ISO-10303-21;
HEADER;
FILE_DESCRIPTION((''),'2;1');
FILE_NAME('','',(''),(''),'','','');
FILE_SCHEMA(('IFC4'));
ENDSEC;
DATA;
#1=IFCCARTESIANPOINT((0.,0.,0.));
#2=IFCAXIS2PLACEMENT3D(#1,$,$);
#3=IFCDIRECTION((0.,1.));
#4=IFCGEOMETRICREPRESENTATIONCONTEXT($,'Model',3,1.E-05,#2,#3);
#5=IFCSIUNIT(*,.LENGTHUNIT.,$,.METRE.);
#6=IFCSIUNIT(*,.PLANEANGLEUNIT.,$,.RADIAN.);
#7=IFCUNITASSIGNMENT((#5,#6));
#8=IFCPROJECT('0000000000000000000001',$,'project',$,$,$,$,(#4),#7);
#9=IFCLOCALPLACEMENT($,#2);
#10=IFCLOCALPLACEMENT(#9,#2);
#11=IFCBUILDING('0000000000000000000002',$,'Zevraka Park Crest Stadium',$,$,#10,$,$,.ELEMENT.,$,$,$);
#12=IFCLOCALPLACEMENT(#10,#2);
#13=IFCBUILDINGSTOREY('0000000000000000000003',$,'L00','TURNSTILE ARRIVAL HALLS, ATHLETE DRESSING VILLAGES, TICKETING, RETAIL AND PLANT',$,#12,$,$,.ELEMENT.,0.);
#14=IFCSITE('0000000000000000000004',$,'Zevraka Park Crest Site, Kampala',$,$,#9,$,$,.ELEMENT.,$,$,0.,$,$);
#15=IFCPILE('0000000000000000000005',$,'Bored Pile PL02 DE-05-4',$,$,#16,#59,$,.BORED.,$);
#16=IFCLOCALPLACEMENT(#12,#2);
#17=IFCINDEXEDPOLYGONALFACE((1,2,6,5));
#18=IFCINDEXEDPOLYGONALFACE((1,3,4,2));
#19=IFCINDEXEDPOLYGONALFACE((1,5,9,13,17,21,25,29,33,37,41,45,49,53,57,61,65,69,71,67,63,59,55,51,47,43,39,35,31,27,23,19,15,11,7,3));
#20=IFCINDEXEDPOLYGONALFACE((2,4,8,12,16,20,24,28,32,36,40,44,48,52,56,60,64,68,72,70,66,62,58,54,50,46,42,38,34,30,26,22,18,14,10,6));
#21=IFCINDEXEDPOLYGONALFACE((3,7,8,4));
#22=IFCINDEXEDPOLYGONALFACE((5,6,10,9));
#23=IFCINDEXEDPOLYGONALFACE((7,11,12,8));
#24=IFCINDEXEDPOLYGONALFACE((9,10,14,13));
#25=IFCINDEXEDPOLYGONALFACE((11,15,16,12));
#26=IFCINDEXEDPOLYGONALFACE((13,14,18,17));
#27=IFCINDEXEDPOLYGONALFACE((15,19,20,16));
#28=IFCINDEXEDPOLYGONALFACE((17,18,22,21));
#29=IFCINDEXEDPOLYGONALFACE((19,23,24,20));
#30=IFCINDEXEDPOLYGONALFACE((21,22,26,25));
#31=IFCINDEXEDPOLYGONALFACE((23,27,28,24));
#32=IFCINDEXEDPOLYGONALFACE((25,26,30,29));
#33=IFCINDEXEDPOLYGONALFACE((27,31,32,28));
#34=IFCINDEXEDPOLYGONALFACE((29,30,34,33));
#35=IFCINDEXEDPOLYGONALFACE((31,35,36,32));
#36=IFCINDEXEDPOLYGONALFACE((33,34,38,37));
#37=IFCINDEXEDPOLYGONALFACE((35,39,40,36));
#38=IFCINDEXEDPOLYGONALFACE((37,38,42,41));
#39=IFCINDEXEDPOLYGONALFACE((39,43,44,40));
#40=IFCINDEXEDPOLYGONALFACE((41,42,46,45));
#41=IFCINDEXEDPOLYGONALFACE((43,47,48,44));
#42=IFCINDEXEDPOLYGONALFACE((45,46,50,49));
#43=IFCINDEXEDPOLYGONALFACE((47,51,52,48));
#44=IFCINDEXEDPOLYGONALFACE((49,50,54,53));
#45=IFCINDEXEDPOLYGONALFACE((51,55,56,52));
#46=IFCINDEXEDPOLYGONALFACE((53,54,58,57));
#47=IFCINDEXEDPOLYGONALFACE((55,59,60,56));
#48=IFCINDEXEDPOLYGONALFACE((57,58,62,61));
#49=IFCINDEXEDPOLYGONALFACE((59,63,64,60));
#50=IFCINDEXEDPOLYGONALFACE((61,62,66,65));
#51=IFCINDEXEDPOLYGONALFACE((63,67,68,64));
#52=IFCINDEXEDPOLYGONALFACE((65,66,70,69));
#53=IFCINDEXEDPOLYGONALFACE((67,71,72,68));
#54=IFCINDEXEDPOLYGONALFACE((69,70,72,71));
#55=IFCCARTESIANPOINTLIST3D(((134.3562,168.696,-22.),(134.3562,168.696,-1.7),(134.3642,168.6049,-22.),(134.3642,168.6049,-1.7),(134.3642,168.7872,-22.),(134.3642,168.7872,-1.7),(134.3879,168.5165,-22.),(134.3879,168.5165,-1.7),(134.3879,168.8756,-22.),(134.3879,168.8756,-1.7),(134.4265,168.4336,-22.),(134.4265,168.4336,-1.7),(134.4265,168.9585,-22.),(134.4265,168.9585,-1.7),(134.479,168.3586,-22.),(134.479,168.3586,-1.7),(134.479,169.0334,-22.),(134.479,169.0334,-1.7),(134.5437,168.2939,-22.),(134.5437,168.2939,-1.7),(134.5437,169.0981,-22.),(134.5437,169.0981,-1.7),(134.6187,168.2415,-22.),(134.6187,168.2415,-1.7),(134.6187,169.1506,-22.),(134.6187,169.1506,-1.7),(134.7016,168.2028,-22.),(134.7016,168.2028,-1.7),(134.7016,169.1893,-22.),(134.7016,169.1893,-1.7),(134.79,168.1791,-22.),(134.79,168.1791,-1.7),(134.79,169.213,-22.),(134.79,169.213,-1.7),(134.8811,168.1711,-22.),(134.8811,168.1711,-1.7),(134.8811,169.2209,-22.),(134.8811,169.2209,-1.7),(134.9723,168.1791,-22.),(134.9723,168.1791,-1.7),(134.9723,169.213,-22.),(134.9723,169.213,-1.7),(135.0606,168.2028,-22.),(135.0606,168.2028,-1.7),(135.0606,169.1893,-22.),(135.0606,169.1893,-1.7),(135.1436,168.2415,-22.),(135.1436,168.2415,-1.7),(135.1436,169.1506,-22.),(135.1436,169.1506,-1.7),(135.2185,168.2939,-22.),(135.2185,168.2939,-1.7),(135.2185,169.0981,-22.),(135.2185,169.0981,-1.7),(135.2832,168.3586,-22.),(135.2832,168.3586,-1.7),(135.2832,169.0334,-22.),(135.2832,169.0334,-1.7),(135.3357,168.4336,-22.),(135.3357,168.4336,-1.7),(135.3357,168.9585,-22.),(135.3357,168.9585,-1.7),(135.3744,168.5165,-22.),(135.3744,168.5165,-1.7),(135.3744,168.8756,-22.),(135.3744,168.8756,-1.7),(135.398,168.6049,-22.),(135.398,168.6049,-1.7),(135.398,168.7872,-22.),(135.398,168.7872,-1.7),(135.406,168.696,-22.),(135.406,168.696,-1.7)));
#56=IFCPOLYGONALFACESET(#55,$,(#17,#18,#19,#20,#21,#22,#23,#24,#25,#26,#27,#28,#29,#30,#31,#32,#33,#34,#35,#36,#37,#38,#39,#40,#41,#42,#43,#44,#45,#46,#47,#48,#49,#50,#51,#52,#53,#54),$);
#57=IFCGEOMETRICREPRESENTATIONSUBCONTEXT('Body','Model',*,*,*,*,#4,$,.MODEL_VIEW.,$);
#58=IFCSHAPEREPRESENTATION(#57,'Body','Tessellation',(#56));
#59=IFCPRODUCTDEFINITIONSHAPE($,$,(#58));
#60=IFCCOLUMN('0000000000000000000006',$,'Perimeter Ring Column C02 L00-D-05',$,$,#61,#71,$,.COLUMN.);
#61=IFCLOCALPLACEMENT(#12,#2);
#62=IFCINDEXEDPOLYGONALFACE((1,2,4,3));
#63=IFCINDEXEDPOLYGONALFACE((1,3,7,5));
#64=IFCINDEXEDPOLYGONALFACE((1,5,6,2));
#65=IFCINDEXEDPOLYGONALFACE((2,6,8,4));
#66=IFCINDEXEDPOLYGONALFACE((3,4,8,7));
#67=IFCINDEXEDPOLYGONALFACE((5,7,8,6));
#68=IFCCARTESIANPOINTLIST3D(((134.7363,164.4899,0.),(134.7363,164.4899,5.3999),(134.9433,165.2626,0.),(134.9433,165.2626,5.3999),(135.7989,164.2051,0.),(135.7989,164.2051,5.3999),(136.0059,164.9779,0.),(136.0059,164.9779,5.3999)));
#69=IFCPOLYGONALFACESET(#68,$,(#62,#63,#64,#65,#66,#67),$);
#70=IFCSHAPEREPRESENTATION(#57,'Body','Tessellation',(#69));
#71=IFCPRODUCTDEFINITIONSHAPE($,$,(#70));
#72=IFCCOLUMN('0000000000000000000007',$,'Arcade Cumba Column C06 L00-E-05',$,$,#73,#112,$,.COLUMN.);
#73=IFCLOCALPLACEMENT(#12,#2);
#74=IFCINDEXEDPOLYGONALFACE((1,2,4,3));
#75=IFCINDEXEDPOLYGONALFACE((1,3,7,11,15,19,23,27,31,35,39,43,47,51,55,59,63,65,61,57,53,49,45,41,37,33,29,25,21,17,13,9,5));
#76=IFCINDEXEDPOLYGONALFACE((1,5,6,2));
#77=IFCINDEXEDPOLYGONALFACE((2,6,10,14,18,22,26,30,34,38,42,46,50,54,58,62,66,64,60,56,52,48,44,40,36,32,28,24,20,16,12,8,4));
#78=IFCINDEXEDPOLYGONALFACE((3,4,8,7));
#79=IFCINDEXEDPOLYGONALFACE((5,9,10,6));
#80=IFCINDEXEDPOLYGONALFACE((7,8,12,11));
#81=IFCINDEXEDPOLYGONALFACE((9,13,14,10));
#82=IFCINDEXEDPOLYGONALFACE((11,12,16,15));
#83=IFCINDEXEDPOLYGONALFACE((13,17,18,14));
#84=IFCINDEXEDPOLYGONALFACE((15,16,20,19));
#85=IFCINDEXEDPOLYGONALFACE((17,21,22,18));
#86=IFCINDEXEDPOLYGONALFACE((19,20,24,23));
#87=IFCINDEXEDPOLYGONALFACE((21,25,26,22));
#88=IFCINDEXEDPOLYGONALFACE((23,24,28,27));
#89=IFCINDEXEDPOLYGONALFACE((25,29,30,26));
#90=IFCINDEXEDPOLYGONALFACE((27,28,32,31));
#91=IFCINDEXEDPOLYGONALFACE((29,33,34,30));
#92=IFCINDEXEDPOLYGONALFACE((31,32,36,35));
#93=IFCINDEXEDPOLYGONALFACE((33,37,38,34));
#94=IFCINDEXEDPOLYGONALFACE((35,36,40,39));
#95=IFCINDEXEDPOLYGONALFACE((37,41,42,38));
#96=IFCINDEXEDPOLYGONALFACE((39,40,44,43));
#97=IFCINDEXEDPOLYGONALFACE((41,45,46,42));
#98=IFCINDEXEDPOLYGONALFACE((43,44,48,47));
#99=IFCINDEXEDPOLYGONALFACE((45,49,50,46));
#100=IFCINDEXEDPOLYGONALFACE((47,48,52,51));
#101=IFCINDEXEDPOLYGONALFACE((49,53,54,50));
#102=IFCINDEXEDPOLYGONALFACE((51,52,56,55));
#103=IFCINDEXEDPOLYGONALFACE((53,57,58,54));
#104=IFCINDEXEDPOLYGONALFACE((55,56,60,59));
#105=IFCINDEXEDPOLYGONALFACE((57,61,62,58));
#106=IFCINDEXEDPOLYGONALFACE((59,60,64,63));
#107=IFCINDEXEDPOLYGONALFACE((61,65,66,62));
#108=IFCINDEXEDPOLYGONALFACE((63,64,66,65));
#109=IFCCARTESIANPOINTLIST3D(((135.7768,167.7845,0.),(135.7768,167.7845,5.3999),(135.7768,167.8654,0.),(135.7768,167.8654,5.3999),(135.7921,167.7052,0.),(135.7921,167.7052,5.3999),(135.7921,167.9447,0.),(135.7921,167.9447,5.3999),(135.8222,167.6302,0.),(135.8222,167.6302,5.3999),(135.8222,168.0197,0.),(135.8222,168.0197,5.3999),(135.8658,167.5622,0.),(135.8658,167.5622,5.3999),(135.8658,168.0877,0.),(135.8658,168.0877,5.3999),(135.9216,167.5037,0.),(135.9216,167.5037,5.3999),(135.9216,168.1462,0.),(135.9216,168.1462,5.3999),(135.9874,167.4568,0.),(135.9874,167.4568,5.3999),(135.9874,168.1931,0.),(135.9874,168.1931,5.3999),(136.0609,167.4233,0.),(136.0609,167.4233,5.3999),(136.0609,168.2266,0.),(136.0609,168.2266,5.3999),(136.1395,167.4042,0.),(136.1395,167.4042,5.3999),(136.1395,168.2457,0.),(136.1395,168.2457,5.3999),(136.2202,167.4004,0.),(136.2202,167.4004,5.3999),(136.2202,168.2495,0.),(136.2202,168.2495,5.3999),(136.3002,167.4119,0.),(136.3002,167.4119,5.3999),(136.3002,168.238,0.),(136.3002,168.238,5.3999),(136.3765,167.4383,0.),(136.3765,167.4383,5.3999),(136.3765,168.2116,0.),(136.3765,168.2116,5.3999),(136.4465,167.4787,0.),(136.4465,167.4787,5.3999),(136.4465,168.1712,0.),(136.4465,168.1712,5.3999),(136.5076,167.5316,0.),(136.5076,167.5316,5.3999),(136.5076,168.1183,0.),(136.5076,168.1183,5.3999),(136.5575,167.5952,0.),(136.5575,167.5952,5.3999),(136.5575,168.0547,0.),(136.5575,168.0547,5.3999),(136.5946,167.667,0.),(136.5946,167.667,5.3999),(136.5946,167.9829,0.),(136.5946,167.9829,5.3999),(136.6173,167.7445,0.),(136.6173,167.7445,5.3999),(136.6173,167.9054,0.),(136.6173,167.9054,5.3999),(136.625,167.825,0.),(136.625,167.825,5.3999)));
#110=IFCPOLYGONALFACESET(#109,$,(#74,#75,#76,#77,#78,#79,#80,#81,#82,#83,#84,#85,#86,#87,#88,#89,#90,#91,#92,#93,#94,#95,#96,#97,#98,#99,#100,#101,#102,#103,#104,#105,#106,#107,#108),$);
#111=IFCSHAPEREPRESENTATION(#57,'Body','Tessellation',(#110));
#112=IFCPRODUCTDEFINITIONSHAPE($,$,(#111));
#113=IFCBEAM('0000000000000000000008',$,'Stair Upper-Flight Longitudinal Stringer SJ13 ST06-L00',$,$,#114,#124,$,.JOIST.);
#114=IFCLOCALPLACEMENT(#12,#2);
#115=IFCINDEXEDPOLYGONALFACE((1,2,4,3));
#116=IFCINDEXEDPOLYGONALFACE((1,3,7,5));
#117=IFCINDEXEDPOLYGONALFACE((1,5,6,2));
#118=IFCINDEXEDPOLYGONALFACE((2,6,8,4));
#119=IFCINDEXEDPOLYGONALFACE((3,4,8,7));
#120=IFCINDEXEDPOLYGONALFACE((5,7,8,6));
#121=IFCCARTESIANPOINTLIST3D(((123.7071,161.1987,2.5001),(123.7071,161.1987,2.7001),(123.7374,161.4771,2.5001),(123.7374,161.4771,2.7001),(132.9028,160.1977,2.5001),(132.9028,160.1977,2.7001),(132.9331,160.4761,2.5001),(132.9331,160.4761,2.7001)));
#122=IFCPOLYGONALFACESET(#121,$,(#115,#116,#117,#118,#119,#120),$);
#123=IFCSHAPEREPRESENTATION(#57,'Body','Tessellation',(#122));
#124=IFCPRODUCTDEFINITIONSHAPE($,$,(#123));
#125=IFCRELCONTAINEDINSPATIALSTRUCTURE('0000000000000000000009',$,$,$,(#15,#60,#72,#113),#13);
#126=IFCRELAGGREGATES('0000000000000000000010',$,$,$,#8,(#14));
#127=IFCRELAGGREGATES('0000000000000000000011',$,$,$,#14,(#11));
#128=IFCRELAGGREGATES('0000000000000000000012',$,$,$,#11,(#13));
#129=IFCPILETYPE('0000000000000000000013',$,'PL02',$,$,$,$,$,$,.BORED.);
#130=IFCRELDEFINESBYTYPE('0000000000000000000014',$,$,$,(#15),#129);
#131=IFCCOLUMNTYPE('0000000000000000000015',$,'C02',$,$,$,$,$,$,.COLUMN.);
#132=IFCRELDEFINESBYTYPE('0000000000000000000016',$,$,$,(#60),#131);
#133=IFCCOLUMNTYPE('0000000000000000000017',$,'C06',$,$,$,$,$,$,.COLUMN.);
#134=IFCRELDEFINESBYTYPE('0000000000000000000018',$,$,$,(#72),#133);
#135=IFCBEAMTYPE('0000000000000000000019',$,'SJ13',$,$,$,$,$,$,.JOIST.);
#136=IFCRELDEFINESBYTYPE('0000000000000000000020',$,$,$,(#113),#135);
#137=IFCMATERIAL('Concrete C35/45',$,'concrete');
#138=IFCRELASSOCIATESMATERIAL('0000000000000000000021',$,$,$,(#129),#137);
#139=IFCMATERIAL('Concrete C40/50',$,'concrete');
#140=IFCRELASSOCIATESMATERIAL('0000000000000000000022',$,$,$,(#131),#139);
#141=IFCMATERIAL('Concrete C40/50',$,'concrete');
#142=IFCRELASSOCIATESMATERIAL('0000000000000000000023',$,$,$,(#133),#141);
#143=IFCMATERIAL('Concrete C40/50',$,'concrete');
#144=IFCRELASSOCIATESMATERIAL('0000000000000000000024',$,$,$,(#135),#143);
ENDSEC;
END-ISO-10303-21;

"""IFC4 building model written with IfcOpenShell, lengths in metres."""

from ifc_helpers import new_model, si_unit, direction, frame, origin, origin_2d, place, context, subcontext, project, spatial, rectangle, circle, extrude, material, material_profile, profile_set, type_object, element, save


model = new_model("IFC4")

# Units and contexts
model_context = context("Model", 3, precision=1e-05, world=origin(), true_north=direction((0.0, 1.0)))
body_context = subcontext(model_context, "Body", "Model", "MODEL_VIEW")
ifc_project = project(units=[si_unit("LENGTHUNIT", "METRE"), si_unit("PLANEANGLEUNIT", "RADIAN")], contexts=[model_context])

# Site, building, storey
site_placement = place(None, origin())
site = spatial("IfcSite", under=ifc_project, at=site_placement, Name="Zevraka Park Crest Site, Kampala", CompositionType="ELEMENT", RefElevation=0.0)
building_placement = place(site_placement, origin())
building = spatial("IfcBuilding", under=site, at=building_placement, Name="Zevraka Park Crest Stadium", CompositionType="ELEMENT")
storey_placement = place(building_placement, origin())
storey = spatial("IfcBuildingStorey", under=building, at=storey_placement, Name="L00", Description="TURNSTILE ARRIVAL HALLS, ATHLETE DRESSING VILLAGES, TICKETING, RETAIL AND PLANT", CompositionType="ELEMENT", Elevation=0.0)

# Pile
ifc_material_1 = material(Name="Concrete C35/45", Category="concrete")
ifc_material_profile_1 = material_profile(ifc_material_1, circle(Radius=0.5249, at=origin_2d()), Name="PILE D1050")
ifc_profile_set_1 = profile_set([ifc_material_profile_1], Name="Concrete C35/45")
pile_type = type_object("IfcPileType", Name="PL02", PredefinedType="BORED", material=ifc_profile_set_1)
for number, where, z_axis, x_axis, name in (
    (1, (134.8811, 168.696, -1.7), (0.0, 0.0, -1.0), (1.0, 0.0, 0.0), "Bored Pile PL02 DE-05-4"),
):
    element("IfcPile", number, at=place(storey_placement, frame(where, z_axis=z_axis, x_axis=x_axis)), inside=storey, type_object=pile_type, Name=name, PredefinedType="BORED", context=body_context, shape_type="SweptSolid", body=[
        extrude(circle(Radius=0.5249, at=origin_2d()), origin(), (0.0, 0.0, 1.0), 20.3),
    ])

# Columns
ifc_material_2 = material(Name="Concrete C40/50", Category="concrete")
ifc_material_profile_2 = material_profile(ifc_material_2, rectangle(XDim=0.8, YDim=1.1001, at=origin_2d()), Name="RC 1100x800")
ifc_profile_set_2 = profile_set([ifc_material_profile_2], Name="Concrete C40/50")
column_type_1 = type_object("IfcColumnType", Name="C02", PredefinedType="COLUMN", material=ifc_profile_set_2)
column_1_placement = place(storey_placement, frame((135.3711, 164.7339, 0.0), z_axis=(0.0, 0.0, 1.0), x_axis=(0.258819, 0.965926, 0.0)))
element("IfcColumn", 2, at=column_1_placement, inside=storey, type_object=column_type_1, Name="Perimeter Ring Column C02 L00-D-05", PredefinedType="COLUMN", context=body_context, shape_type="SweptSolid", body=[
    extrude(rectangle(XDim=0.8, YDim=1.1001, at=origin_2d()), origin(), (0.0, 0.0, 1.0), 5.3999),
])
ifc_material_3 = material(Name="Concrete C40/50", Category="concrete")
ifc_material_profile_3 = material_profile(ifc_material_3, circle(Radius=0.425, at=origin_2d()), Name="RC D850")
ifc_profile_set_3 = profile_set([ifc_material_profile_3], Name="Concrete C40/50")
column_type_2 = type_object("IfcColumnType", Name="C06", PredefinedType="COLUMN", material=ifc_profile_set_3)
column_2_placement = place(storey_placement, frame((136.2, 167.825, 0.0), z_axis=(0.0, 0.0, 1.0), x_axis=(1.0, 0.0, 0.0)))
element("IfcColumn", 3, at=column_2_placement, inside=storey, type_object=column_type_2, Name="Arcade Cumba Column C06 L00-E-05", PredefinedType="COLUMN", context=body_context, shape_type="SweptSolid", body=[
    extrude(circle(Radius=0.425, at=origin_2d()), origin(), (0.0, 0.0, 1.0), 5.3999),
])

# Beam
ifc_material_4 = material(Name="Concrete C40/50", Category="concrete")
ifc_material_profile_4 = material_profile(ifc_material_4, rectangle(XDim=0.28, YDim=0.2, at=origin_2d()), Name="RC 200x280")
ifc_profile_set_4 = profile_set([ifc_material_profile_4], Name="Concrete C40/50")
beam_type = type_object("IfcBeamType", Name="SJ13", PredefinedType="JOIST", material=ifc_profile_set_4)
beam_placement = place(storey_placement, frame((132.918, 160.3369, 2.6001), z_axis=(-0.994128, 0.108212, 0.0), x_axis=(-0.108212, -0.994128, 0.0)))
element("IfcBeam", 4, at=beam_placement, inside=storey, type_object=beam_type, Name="Stair Upper-Flight Longitudinal Stringer SJ13 ST06-L00", PredefinedType="JOIST", context=body_context, shape_type="SweptSolid", body=[
    extrude(rectangle(XDim=0.28, YDim=0.2, at=origin_2d()), origin(), (0.0, 0.0, 1.0), 9.25),
])

save(model, "model.ifc")
